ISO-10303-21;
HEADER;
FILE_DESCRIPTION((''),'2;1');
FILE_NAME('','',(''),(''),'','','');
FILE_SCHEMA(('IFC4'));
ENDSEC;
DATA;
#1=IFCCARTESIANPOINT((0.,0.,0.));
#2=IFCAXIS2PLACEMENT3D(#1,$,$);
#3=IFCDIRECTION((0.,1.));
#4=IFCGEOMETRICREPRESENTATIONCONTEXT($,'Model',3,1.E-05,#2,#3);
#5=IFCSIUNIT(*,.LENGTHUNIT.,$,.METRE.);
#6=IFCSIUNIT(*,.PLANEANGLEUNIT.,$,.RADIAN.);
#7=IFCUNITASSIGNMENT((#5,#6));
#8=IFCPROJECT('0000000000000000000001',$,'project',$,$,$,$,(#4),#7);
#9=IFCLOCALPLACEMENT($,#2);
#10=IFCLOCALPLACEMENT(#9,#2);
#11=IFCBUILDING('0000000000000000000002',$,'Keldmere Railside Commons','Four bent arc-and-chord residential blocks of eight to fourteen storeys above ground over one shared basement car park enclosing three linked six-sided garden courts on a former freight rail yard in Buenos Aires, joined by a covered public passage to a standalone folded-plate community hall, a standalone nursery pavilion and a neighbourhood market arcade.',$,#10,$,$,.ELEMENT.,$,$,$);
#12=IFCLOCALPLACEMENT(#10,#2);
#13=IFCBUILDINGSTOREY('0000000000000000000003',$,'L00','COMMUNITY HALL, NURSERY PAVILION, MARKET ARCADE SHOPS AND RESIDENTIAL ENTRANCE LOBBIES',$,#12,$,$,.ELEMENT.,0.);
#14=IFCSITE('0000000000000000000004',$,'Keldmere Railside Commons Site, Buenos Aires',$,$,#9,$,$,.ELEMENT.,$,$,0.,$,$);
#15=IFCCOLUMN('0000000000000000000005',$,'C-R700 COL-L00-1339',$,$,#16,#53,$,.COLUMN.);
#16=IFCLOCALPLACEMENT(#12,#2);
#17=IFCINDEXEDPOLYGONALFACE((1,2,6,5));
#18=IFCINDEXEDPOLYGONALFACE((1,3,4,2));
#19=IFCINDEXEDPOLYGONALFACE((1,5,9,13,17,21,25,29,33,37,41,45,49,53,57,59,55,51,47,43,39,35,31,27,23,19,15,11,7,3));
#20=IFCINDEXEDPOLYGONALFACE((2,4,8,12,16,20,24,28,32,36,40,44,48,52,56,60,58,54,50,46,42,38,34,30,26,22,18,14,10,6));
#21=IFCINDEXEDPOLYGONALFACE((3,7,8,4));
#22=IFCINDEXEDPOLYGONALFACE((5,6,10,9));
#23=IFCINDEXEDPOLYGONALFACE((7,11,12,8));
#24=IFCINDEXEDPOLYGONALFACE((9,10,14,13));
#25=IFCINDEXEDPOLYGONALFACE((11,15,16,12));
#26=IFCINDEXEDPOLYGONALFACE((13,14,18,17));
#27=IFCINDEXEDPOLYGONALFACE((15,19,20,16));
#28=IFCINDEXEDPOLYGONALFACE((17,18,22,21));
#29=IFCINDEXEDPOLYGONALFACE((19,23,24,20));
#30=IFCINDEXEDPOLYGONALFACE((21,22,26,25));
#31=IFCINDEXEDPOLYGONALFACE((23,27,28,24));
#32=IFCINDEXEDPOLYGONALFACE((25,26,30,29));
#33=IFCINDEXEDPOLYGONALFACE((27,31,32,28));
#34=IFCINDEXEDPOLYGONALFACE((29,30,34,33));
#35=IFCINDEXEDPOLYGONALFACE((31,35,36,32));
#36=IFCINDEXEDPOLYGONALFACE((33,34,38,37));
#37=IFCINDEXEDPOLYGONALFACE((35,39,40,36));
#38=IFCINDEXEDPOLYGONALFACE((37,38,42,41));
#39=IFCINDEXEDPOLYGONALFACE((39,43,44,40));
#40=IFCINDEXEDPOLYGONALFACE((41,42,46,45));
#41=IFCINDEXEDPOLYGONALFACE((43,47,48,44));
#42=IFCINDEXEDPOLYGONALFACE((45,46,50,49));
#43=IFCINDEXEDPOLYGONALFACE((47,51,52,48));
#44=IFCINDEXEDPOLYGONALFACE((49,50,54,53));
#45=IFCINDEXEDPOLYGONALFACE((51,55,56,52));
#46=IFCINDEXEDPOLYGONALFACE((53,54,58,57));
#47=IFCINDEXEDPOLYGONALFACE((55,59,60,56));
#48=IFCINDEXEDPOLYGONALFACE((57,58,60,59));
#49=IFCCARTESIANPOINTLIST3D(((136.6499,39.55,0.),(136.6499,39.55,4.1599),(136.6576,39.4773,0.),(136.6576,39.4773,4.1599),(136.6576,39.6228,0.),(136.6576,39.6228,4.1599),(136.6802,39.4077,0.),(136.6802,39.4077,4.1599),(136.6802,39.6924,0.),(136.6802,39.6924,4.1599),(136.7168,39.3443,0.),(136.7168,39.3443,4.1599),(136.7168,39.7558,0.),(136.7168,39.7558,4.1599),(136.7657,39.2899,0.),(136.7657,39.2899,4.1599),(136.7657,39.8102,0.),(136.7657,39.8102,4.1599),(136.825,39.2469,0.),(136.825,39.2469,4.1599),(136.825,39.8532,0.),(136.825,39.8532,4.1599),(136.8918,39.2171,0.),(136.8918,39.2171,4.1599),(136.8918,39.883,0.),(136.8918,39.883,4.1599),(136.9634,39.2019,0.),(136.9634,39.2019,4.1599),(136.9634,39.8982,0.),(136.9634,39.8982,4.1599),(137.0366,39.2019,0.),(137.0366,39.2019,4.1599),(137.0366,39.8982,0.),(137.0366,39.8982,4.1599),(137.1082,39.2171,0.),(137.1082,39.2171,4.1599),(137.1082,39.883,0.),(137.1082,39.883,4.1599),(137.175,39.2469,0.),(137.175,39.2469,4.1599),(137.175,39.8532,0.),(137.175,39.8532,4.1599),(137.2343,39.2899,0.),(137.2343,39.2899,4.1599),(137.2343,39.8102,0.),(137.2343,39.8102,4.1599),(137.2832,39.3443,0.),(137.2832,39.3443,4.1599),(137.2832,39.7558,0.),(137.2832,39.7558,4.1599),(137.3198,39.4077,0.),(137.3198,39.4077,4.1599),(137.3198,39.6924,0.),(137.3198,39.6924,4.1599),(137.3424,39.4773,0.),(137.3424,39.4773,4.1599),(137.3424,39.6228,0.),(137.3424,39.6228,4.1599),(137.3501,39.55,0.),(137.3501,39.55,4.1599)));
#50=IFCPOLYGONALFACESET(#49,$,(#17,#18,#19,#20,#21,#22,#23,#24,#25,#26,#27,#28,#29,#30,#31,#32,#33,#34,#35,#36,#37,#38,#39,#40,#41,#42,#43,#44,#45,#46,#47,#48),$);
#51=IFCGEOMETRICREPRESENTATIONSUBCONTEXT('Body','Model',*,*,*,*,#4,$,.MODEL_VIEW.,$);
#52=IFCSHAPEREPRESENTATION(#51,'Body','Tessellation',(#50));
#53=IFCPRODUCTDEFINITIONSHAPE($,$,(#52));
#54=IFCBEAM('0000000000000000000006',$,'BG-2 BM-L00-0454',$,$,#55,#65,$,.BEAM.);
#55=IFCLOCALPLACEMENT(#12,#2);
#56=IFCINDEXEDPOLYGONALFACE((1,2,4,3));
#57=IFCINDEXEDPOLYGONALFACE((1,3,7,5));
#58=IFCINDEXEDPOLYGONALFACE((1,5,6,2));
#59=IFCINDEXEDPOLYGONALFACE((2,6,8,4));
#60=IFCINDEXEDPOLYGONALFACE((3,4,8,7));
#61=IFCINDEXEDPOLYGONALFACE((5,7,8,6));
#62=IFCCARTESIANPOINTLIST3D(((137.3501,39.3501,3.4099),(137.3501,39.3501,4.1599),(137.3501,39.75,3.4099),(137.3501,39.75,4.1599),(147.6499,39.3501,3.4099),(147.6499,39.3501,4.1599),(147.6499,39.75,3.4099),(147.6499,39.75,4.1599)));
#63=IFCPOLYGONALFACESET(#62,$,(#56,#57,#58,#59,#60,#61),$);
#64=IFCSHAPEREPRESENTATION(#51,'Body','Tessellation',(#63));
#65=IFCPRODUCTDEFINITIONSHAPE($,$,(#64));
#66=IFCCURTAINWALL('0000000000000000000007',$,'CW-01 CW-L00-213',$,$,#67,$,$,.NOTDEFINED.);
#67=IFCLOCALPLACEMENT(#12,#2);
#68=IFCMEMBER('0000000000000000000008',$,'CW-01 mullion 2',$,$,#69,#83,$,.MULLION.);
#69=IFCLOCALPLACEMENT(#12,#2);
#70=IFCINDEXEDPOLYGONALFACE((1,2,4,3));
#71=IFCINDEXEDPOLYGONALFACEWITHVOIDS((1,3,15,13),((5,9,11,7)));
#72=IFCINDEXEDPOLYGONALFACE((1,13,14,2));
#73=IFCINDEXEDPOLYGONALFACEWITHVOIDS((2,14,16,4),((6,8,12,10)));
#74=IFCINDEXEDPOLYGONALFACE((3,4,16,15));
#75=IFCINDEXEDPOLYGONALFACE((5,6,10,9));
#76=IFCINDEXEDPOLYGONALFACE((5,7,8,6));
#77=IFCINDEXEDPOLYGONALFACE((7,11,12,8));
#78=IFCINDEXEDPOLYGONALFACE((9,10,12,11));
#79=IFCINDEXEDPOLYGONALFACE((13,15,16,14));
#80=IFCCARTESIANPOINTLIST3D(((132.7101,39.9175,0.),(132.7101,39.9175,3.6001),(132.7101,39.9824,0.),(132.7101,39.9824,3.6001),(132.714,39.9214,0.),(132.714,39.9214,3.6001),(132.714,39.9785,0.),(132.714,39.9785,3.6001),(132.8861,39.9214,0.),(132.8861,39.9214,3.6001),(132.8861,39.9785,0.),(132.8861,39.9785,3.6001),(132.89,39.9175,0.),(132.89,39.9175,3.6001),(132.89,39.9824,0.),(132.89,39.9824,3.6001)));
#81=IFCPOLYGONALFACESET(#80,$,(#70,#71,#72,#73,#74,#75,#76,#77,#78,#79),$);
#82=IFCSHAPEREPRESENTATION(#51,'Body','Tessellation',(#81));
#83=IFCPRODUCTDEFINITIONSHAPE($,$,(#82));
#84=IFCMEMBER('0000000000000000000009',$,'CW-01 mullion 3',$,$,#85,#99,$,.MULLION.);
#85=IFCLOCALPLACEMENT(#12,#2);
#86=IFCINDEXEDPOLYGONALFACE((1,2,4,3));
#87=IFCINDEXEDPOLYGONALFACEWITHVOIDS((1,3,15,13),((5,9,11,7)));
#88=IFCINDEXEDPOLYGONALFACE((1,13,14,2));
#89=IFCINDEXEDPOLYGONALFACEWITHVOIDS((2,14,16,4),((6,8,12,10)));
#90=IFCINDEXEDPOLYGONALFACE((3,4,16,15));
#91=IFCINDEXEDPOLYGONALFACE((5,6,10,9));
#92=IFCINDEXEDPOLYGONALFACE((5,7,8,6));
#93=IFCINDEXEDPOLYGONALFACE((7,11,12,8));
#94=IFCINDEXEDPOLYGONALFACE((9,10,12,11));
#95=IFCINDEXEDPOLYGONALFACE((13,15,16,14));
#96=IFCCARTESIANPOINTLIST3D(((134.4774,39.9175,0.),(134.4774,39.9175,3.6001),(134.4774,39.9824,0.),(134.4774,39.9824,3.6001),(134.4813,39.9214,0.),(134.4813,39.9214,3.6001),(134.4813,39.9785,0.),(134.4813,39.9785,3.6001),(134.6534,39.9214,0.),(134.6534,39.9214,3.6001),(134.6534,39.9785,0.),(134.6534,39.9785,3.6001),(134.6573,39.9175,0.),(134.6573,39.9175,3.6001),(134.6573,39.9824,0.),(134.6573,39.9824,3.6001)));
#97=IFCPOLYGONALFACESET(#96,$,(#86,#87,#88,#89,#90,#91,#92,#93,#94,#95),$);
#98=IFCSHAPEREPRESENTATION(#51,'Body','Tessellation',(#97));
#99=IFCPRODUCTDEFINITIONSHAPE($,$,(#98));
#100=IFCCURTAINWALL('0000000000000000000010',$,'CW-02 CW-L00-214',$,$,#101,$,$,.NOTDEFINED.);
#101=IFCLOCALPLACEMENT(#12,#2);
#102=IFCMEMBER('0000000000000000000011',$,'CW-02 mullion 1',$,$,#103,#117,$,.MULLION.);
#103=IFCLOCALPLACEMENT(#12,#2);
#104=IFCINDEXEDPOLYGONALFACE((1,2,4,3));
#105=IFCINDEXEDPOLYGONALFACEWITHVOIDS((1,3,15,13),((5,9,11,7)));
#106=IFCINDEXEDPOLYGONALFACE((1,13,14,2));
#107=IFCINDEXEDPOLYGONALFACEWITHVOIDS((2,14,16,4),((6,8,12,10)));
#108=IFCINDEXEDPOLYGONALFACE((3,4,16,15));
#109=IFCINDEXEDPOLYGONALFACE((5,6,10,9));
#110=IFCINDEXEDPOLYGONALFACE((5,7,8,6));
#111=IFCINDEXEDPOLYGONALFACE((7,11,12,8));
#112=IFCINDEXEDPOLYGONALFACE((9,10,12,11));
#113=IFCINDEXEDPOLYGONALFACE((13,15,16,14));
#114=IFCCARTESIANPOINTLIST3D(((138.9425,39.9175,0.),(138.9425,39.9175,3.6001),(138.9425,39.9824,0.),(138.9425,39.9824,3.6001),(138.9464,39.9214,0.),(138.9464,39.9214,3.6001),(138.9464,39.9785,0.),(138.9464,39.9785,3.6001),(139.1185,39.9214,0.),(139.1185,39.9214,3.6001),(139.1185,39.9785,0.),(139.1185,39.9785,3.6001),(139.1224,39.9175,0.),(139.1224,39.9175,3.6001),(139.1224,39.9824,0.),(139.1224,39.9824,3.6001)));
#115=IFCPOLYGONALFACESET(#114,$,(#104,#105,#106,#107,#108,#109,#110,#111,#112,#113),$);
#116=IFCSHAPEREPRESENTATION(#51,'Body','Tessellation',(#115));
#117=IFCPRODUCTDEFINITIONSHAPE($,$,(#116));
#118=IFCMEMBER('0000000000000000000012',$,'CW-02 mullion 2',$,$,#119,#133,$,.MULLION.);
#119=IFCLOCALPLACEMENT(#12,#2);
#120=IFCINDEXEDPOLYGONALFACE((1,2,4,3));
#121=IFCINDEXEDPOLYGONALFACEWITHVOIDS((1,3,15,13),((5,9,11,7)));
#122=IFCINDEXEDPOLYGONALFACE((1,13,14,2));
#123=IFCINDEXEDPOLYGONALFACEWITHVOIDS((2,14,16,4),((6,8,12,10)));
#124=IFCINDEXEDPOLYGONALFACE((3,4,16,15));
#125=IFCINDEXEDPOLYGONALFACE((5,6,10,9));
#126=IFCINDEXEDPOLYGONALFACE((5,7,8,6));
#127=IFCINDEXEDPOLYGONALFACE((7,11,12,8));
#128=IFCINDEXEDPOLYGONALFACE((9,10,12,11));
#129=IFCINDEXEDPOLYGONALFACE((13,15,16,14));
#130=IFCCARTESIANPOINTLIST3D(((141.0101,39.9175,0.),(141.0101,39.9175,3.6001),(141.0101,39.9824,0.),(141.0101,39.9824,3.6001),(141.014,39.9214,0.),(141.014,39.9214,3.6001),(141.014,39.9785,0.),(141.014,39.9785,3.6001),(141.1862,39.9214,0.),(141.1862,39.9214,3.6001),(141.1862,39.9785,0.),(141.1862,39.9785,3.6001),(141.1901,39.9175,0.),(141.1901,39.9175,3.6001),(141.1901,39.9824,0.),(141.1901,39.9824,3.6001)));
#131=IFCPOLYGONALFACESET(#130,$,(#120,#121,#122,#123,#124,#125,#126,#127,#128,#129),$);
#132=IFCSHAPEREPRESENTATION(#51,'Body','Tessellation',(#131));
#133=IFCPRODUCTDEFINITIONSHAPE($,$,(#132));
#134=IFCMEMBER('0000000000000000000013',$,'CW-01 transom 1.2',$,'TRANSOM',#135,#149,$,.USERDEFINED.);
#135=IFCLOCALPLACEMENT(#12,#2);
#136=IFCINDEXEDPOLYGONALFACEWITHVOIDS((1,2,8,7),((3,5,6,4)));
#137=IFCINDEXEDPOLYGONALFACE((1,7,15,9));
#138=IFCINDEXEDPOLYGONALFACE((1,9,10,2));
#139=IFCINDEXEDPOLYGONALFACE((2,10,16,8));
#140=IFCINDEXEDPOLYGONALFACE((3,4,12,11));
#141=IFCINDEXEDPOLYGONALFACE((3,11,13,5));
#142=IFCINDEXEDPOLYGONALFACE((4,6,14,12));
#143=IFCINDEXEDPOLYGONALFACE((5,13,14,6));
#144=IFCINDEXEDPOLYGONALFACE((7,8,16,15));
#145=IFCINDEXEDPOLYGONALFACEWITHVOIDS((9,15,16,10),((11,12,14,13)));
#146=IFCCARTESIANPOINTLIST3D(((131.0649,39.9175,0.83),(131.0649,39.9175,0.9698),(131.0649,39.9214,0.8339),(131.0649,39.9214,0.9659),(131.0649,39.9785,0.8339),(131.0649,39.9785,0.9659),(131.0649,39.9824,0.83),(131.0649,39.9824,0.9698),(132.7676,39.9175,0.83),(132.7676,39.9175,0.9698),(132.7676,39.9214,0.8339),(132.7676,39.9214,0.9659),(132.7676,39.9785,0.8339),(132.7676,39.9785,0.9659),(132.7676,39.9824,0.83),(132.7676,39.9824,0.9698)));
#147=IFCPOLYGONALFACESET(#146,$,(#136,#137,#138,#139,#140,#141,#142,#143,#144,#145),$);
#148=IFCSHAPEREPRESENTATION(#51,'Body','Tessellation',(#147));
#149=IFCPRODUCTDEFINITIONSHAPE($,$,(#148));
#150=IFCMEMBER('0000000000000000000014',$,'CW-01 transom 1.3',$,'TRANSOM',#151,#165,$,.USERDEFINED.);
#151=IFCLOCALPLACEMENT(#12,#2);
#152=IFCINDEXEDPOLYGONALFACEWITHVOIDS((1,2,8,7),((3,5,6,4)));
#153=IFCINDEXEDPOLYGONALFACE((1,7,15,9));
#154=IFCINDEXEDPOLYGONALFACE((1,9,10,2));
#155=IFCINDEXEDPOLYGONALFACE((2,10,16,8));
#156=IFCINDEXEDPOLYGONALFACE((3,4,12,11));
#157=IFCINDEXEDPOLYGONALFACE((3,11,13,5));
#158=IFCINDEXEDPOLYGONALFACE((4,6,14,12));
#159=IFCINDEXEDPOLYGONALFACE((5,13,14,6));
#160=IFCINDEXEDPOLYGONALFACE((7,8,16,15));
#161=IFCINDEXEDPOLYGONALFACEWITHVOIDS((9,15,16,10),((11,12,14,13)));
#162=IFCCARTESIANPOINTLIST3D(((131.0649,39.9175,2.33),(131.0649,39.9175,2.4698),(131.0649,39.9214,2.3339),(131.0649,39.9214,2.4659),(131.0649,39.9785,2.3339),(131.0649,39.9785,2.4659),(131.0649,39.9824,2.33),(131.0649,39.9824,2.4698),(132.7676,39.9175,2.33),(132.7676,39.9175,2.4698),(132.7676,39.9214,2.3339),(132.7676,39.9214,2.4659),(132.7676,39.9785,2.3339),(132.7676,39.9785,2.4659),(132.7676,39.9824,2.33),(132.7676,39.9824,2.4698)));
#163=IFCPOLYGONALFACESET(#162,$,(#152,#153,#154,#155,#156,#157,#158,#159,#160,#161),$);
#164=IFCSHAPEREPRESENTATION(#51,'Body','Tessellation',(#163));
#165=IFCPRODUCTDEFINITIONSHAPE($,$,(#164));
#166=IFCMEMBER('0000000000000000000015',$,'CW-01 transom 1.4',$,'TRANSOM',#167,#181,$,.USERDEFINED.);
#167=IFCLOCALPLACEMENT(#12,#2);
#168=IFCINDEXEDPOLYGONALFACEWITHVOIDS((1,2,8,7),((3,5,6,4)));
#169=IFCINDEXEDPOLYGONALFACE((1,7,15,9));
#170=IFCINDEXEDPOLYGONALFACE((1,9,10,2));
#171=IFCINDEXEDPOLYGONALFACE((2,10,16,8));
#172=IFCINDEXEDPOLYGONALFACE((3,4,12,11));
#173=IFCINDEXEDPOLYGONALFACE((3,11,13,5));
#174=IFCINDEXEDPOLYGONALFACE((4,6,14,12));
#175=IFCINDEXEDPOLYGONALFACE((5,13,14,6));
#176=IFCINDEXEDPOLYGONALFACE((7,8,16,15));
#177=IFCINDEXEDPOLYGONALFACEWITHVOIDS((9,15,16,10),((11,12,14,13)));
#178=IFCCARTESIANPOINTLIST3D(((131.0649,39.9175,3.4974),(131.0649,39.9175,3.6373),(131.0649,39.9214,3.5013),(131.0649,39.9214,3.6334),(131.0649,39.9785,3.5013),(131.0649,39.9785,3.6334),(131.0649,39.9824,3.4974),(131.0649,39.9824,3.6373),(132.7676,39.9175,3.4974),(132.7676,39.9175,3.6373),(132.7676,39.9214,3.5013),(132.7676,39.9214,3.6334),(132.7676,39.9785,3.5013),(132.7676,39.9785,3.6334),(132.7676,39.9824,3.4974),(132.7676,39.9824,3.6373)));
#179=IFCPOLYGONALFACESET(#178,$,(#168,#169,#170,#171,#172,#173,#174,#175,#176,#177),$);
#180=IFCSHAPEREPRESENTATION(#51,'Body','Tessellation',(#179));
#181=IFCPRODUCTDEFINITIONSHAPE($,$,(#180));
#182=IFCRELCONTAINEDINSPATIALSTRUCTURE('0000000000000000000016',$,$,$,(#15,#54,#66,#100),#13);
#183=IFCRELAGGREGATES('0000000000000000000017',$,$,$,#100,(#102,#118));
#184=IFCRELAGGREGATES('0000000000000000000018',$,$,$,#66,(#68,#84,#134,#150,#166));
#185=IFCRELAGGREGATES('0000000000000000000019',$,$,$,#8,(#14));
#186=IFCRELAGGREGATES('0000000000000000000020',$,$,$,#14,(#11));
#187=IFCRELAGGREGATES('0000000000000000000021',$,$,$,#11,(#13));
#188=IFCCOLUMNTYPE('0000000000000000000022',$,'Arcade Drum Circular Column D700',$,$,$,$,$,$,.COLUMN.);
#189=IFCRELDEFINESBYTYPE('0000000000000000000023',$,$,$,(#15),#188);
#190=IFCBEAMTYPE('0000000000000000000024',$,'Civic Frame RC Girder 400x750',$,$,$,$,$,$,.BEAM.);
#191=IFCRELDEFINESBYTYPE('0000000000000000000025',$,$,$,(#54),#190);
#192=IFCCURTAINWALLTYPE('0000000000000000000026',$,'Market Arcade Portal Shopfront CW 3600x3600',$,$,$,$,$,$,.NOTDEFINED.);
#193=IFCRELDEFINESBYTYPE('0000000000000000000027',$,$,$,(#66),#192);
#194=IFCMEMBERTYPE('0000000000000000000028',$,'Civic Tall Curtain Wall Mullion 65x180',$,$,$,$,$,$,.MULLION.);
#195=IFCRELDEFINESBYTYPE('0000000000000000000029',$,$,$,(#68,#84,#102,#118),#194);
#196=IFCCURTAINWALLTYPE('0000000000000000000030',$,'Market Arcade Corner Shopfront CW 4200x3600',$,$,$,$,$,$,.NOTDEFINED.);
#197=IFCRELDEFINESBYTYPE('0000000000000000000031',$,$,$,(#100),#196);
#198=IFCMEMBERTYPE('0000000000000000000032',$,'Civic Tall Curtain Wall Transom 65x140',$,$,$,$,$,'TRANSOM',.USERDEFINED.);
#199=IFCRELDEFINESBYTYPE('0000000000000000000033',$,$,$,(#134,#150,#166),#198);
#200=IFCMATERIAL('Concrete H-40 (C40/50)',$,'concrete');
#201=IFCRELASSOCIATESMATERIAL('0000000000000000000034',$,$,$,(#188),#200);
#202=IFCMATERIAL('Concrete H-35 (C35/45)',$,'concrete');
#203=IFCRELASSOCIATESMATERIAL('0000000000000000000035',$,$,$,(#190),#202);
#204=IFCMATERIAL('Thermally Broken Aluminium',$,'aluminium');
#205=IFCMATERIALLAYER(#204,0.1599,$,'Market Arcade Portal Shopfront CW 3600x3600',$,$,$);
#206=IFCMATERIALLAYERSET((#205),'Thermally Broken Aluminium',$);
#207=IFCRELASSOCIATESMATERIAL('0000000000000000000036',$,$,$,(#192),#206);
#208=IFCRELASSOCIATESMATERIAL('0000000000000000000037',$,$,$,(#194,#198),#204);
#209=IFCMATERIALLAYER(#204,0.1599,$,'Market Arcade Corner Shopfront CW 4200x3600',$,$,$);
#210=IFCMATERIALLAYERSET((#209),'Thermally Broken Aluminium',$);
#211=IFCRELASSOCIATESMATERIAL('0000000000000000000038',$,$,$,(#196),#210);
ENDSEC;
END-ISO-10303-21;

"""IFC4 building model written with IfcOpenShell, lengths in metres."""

from ifc_helpers import new_model, si_unit, direction, frame, origin, origin_2d, place, context, subcontext, project, spatial, rectangle, hollow_rectangle, circle, extrude, material, layer, layer_set, material_profile, profile_set, type_object, element, aggregate, save


model = new_model("IFC4")

# Units and contexts
model_context = context("Model", 3, precision=1e-05, world=origin(), true_north=direction((0.0, 1.0)))
body_context = subcontext(model_context, "Body", "Model", "MODEL_VIEW")
ifc_project = project(units=[si_unit("LENGTHUNIT", "METRE"), si_unit("PLANEANGLEUNIT", "RADIAN")], contexts=[model_context])

# Site, building, storey
site_placement = place(None, origin())
site = spatial("IfcSite", under=ifc_project, at=site_placement, Name="Keldmere Railside Commons Site, Buenos Aires", CompositionType="ELEMENT", RefElevation=0.0)
building_placement = place(site_placement, origin())
building = spatial("IfcBuilding", under=site, at=building_placement, Name="Keldmere Railside Commons", Description="Four bent arc-and-chord residential blocks of eight to fourteen storeys above ground over one shared basement car park enclosing three linked six-sided garden courts on a former freight rail yard in Buenos Aires, joined by a covered public passage to a standalone folded-plate community hall, a standalone nursery pavilion and a neighbourhood market arcade.", CompositionType="ELEMENT")
storey_placement = place(building_placement, origin())
storey = spatial("IfcBuildingStorey", under=building, at=storey_placement, Name="L00", Description="COMMUNITY HALL, NURSERY PAVILION, MARKET ARCADE SHOPS AND RESIDENTIAL ENTRANCE LOBBIES", CompositionType="ELEMENT", Elevation=0.0)

# Column
ifc_material_1 = material(Name="Concrete H-40 (C40/50)", Category="concrete")
ifc_material_profile_1 = material_profile(ifc_material_1, circle(Radius=0.3501, at=origin_2d()), Name="RC-DIA700")
ifc_profile_set_1 = profile_set([ifc_material_profile_1], Name="Concrete H-40 (C40/50)")
column_type = type_object("IfcColumnType", Name="Arcade Drum Circular Column D700", PredefinedType="COLUMN", material=ifc_profile_set_1)
column_placement = place(storey_placement, frame((137.0, 39.55, 0.0), z_axis=(0.0, 0.0, 1.0), x_axis=(1.0, 0.0, 0.0)))
element("IfcColumn", 1, at=column_placement, inside=storey, type_object=column_type, Name="C-R700 COL-L00-1339", PredefinedType="COLUMN", context=body_context, shape_type="SweptSolid", body=[
    extrude(circle(Radius=0.3501, at=origin_2d()), origin(), (0.0, 0.0, 1.0), 4.1599),
])

# Beam
ifc_material_2 = material(Name="Concrete H-35 (C35/45)", Category="concrete")
ifc_material_profile_2 = material_profile(ifc_material_2, rectangle(XDim=0.3999, YDim=0.75, at=origin_2d()), Name="RC-400x750")
ifc_profile_set_2 = profile_set([ifc_material_profile_2], Name="Concrete H-35 (C35/45)")
beam_type_1 = type_object("IfcBeamType", Name="Civic Frame RC Girder 400x750", PredefinedType="BEAM", material=ifc_profile_set_2)
beam_1_placement = place(storey_placement, frame((137.3501, 39.55, 3.7849), z_axis=(1.0, 0.0, 0.0), x_axis=(0.0, 1.0, 0.0)))
element("IfcBeam", 2, at=beam_1_placement, inside=storey, type_object=beam_type_1, Name="BG-2 BM-L00-0454", PredefinedType="BEAM", context=body_context, shape_type="SweptSolid", body=[
    extrude(rectangle(XDim=0.3999, YDim=0.75, at=origin_2d()), origin(), (0.0, 0.0, 1.0), 10.2998),
])

# Curtain walls, members
ifc_material_3 = material(Name="Thermally Broken Aluminium", Category="aluminium")
ifc_layer_1 = layer(ifc_material_3, 0.1599, Name="Market Arcade Portal Shopfront CW 3600x3600")
ifc_layer_set_1 = layer_set([ifc_layer_1], Name="Thermally Broken Aluminium")
curtain_wall_type_1 = type_object("IfcCurtainWallType", Name="Market Arcade Portal Shopfront CW 3600x3600", PredefinedType="NOTDEFINED", material=ifc_layer_set_1)
curtain_wall_1_placement = place(storey_placement, origin())
curtain_wall_1 = element("IfcCurtainWall", 3, at=curtain_wall_1_placement, inside=storey, type_object=curtain_wall_type_1, Name="CW-01 CW-L00-213", PredefinedType="NOTDEFINED")
ifc_material_profile_3 = material_profile(ifc_material_3, hollow_rectangle(XDim=0.0649, YDim=0.1799, WallThickness=0.0039, at=origin_2d()), Name="ALU-MULL-65x180")
ifc_profile_set_3 = profile_set([ifc_material_profile_3], Name="Thermally Broken Aluminium")
member_type_1 = type_object("IfcMemberType", Name="Civic Tall Curtain Wall Mullion 65x180", PredefinedType="MULLION", material=ifc_profile_set_3)
member_1_placement = place(storey_placement, frame((132.8, 39.95, 0.0), z_axis=(0.0, 0.0, 1.0), x_axis=(0.0, 1.0, 0.0)))
member_1 = element("IfcMember", 4, at=member_1_placement, type_object=member_type_1, Name="CW-01 mullion 2", PredefinedType="MULLION", context=body_context, shape_type="SweptSolid", body=[
    extrude(hollow_rectangle(XDim=0.0649, YDim=0.1799, WallThickness=0.0039, at=origin_2d()), origin(), (0.0, 0.0, 1.0), 3.6001),
])
member_2_placement = place(storey_placement, frame((134.5674, 39.95, 0.0), z_axis=(0.0, 0.0, 1.0), x_axis=(0.0, 1.0, 0.0)))
member_2 = element("IfcMember", 5, at=member_2_placement, type_object=member_type_1, Name="CW-01 mullion 3", PredefinedType="MULLION", context=body_context, shape_type="SweptSolid", body=[
    extrude(hollow_rectangle(XDim=0.0649, YDim=0.1799, WallThickness=0.0039, at=origin_2d()), origin(), (0.0, 0.0, 1.0), 3.6001),
])
ifc_layer_2 = layer(ifc_material_3, 0.1599, Name="Market Arcade Corner Shopfront CW 4200x3600")
ifc_layer_set_2 = layer_set([ifc_layer_2], Name="Thermally Broken Aluminium")
curtain_wall_type_2 = type_object("IfcCurtainWallType", Name="Market Arcade Corner Shopfront CW 4200x3600", PredefinedType="NOTDEFINED", material=ifc_layer_set_2)
curtain_wall_2_placement = place(storey_placement, origin())
curtain_wall_2 = element("IfcCurtainWall", 6, at=curtain_wall_2_placement, inside=storey, type_object=curtain_wall_type_2, Name="CW-02 CW-L00-214", PredefinedType="NOTDEFINED")
member_3_placement = place(storey_placement, frame((139.0325, 39.95, 0.0), z_axis=(0.0, 0.0, 1.0), x_axis=(0.0, 1.0, 0.0)))
member_3 = element("IfcMember", 7, at=member_3_placement, type_object=member_type_1, Name="CW-02 mullion 1", PredefinedType="MULLION", context=body_context, shape_type="SweptSolid", body=[
    extrude(hollow_rectangle(XDim=0.0649, YDim=0.1799, WallThickness=0.0039, at=origin_2d()), origin(), (0.0, 0.0, 1.0), 3.6001),
])
member_4_placement = place(storey_placement, frame((141.1001, 39.95, 0.0), z_axis=(0.0, 0.0, 1.0), x_axis=(0.0, 1.0, 0.0)))
member_4 = element("IfcMember", 8, at=member_4_placement, type_object=member_type_1, Name="CW-02 mullion 2", PredefinedType="MULLION", context=body_context, shape_type="SweptSolid", body=[
    extrude(hollow_rectangle(XDim=0.0649, YDim=0.1799, WallThickness=0.0039, at=origin_2d()), origin(), (0.0, 0.0, 1.0), 3.6001),
])

# Members
ifc_material_profile_4 = material_profile(ifc_material_3, hollow_rectangle(XDim=0.0649, YDim=0.1399, WallThickness=0.0039, at=origin_2d()), Name="ALU-TRAN-65x140")
ifc_profile_set_4 = profile_set([ifc_material_profile_4], Name="Thermally Broken Aluminium")
member_type_2 = type_object("IfcMemberType", Name="Civic Tall Curtain Wall Transom 65x140", ElementType="TRANSOM", PredefinedType="USERDEFINED", material=ifc_profile_set_4)
member_5_placement = place(storey_placement, frame((131.0649, 39.95, 0.8999), z_axis=(1.0, 0.0, 0.0), x_axis=(0.0, 1.0, 0.0)))
member_5 = element("IfcMember", 9, at=member_5_placement, type_object=member_type_2, Name="CW-01 transom 1.2", ObjectType="TRANSOM", PredefinedType="USERDEFINED", context=body_context, shape_type="SweptSolid", body=[
    extrude(hollow_rectangle(XDim=0.0649, YDim=0.1399, WallThickness=0.0039, at=origin_2d()), origin(), (0.0, 0.0, 1.0), 1.7026),
])
member_6_placement = place(storey_placement, frame((131.0649, 39.95, 2.3999), z_axis=(1.0, 0.0, 0.0), x_axis=(0.0, 1.0, 0.0)))
member_6 = element("IfcMember", 10, at=member_6_placement, type_object=member_type_2, Name="CW-01 transom 1.3", ObjectType="TRANSOM", PredefinedType="USERDEFINED", context=body_context, shape_type="SweptSolid", body=[
    extrude(hollow_rectangle(XDim=0.0649, YDim=0.1399, WallThickness=0.0039, at=origin_2d()), origin(), (0.0, 0.0, 1.0), 1.7026),
])
member_7_placement = place(storey_placement, frame((131.0649, 39.95, 3.5674), z_axis=(1.0, 0.0, 0.0), x_axis=(0.0, 1.0, 0.0)))
member_7 = element("IfcMember", 11, at=member_7_placement, type_object=member_type_2, Name="CW-01 transom 1.4", ObjectType="TRANSOM", PredefinedType="USERDEFINED", context=body_context, shape_type="SweptSolid", body=[
    extrude(hollow_rectangle(XDim=0.0649, YDim=0.1399, WallThickness=0.0039, at=origin_2d()), origin(), (0.0, 0.0, 1.0), 1.7026),
])

aggregate(curtain_wall_2, [member_3, member_4])
aggregate(curtain_wall_1, [member_1, member_2, member_5, member_6, member_7])

save(model, "model.ifc")
